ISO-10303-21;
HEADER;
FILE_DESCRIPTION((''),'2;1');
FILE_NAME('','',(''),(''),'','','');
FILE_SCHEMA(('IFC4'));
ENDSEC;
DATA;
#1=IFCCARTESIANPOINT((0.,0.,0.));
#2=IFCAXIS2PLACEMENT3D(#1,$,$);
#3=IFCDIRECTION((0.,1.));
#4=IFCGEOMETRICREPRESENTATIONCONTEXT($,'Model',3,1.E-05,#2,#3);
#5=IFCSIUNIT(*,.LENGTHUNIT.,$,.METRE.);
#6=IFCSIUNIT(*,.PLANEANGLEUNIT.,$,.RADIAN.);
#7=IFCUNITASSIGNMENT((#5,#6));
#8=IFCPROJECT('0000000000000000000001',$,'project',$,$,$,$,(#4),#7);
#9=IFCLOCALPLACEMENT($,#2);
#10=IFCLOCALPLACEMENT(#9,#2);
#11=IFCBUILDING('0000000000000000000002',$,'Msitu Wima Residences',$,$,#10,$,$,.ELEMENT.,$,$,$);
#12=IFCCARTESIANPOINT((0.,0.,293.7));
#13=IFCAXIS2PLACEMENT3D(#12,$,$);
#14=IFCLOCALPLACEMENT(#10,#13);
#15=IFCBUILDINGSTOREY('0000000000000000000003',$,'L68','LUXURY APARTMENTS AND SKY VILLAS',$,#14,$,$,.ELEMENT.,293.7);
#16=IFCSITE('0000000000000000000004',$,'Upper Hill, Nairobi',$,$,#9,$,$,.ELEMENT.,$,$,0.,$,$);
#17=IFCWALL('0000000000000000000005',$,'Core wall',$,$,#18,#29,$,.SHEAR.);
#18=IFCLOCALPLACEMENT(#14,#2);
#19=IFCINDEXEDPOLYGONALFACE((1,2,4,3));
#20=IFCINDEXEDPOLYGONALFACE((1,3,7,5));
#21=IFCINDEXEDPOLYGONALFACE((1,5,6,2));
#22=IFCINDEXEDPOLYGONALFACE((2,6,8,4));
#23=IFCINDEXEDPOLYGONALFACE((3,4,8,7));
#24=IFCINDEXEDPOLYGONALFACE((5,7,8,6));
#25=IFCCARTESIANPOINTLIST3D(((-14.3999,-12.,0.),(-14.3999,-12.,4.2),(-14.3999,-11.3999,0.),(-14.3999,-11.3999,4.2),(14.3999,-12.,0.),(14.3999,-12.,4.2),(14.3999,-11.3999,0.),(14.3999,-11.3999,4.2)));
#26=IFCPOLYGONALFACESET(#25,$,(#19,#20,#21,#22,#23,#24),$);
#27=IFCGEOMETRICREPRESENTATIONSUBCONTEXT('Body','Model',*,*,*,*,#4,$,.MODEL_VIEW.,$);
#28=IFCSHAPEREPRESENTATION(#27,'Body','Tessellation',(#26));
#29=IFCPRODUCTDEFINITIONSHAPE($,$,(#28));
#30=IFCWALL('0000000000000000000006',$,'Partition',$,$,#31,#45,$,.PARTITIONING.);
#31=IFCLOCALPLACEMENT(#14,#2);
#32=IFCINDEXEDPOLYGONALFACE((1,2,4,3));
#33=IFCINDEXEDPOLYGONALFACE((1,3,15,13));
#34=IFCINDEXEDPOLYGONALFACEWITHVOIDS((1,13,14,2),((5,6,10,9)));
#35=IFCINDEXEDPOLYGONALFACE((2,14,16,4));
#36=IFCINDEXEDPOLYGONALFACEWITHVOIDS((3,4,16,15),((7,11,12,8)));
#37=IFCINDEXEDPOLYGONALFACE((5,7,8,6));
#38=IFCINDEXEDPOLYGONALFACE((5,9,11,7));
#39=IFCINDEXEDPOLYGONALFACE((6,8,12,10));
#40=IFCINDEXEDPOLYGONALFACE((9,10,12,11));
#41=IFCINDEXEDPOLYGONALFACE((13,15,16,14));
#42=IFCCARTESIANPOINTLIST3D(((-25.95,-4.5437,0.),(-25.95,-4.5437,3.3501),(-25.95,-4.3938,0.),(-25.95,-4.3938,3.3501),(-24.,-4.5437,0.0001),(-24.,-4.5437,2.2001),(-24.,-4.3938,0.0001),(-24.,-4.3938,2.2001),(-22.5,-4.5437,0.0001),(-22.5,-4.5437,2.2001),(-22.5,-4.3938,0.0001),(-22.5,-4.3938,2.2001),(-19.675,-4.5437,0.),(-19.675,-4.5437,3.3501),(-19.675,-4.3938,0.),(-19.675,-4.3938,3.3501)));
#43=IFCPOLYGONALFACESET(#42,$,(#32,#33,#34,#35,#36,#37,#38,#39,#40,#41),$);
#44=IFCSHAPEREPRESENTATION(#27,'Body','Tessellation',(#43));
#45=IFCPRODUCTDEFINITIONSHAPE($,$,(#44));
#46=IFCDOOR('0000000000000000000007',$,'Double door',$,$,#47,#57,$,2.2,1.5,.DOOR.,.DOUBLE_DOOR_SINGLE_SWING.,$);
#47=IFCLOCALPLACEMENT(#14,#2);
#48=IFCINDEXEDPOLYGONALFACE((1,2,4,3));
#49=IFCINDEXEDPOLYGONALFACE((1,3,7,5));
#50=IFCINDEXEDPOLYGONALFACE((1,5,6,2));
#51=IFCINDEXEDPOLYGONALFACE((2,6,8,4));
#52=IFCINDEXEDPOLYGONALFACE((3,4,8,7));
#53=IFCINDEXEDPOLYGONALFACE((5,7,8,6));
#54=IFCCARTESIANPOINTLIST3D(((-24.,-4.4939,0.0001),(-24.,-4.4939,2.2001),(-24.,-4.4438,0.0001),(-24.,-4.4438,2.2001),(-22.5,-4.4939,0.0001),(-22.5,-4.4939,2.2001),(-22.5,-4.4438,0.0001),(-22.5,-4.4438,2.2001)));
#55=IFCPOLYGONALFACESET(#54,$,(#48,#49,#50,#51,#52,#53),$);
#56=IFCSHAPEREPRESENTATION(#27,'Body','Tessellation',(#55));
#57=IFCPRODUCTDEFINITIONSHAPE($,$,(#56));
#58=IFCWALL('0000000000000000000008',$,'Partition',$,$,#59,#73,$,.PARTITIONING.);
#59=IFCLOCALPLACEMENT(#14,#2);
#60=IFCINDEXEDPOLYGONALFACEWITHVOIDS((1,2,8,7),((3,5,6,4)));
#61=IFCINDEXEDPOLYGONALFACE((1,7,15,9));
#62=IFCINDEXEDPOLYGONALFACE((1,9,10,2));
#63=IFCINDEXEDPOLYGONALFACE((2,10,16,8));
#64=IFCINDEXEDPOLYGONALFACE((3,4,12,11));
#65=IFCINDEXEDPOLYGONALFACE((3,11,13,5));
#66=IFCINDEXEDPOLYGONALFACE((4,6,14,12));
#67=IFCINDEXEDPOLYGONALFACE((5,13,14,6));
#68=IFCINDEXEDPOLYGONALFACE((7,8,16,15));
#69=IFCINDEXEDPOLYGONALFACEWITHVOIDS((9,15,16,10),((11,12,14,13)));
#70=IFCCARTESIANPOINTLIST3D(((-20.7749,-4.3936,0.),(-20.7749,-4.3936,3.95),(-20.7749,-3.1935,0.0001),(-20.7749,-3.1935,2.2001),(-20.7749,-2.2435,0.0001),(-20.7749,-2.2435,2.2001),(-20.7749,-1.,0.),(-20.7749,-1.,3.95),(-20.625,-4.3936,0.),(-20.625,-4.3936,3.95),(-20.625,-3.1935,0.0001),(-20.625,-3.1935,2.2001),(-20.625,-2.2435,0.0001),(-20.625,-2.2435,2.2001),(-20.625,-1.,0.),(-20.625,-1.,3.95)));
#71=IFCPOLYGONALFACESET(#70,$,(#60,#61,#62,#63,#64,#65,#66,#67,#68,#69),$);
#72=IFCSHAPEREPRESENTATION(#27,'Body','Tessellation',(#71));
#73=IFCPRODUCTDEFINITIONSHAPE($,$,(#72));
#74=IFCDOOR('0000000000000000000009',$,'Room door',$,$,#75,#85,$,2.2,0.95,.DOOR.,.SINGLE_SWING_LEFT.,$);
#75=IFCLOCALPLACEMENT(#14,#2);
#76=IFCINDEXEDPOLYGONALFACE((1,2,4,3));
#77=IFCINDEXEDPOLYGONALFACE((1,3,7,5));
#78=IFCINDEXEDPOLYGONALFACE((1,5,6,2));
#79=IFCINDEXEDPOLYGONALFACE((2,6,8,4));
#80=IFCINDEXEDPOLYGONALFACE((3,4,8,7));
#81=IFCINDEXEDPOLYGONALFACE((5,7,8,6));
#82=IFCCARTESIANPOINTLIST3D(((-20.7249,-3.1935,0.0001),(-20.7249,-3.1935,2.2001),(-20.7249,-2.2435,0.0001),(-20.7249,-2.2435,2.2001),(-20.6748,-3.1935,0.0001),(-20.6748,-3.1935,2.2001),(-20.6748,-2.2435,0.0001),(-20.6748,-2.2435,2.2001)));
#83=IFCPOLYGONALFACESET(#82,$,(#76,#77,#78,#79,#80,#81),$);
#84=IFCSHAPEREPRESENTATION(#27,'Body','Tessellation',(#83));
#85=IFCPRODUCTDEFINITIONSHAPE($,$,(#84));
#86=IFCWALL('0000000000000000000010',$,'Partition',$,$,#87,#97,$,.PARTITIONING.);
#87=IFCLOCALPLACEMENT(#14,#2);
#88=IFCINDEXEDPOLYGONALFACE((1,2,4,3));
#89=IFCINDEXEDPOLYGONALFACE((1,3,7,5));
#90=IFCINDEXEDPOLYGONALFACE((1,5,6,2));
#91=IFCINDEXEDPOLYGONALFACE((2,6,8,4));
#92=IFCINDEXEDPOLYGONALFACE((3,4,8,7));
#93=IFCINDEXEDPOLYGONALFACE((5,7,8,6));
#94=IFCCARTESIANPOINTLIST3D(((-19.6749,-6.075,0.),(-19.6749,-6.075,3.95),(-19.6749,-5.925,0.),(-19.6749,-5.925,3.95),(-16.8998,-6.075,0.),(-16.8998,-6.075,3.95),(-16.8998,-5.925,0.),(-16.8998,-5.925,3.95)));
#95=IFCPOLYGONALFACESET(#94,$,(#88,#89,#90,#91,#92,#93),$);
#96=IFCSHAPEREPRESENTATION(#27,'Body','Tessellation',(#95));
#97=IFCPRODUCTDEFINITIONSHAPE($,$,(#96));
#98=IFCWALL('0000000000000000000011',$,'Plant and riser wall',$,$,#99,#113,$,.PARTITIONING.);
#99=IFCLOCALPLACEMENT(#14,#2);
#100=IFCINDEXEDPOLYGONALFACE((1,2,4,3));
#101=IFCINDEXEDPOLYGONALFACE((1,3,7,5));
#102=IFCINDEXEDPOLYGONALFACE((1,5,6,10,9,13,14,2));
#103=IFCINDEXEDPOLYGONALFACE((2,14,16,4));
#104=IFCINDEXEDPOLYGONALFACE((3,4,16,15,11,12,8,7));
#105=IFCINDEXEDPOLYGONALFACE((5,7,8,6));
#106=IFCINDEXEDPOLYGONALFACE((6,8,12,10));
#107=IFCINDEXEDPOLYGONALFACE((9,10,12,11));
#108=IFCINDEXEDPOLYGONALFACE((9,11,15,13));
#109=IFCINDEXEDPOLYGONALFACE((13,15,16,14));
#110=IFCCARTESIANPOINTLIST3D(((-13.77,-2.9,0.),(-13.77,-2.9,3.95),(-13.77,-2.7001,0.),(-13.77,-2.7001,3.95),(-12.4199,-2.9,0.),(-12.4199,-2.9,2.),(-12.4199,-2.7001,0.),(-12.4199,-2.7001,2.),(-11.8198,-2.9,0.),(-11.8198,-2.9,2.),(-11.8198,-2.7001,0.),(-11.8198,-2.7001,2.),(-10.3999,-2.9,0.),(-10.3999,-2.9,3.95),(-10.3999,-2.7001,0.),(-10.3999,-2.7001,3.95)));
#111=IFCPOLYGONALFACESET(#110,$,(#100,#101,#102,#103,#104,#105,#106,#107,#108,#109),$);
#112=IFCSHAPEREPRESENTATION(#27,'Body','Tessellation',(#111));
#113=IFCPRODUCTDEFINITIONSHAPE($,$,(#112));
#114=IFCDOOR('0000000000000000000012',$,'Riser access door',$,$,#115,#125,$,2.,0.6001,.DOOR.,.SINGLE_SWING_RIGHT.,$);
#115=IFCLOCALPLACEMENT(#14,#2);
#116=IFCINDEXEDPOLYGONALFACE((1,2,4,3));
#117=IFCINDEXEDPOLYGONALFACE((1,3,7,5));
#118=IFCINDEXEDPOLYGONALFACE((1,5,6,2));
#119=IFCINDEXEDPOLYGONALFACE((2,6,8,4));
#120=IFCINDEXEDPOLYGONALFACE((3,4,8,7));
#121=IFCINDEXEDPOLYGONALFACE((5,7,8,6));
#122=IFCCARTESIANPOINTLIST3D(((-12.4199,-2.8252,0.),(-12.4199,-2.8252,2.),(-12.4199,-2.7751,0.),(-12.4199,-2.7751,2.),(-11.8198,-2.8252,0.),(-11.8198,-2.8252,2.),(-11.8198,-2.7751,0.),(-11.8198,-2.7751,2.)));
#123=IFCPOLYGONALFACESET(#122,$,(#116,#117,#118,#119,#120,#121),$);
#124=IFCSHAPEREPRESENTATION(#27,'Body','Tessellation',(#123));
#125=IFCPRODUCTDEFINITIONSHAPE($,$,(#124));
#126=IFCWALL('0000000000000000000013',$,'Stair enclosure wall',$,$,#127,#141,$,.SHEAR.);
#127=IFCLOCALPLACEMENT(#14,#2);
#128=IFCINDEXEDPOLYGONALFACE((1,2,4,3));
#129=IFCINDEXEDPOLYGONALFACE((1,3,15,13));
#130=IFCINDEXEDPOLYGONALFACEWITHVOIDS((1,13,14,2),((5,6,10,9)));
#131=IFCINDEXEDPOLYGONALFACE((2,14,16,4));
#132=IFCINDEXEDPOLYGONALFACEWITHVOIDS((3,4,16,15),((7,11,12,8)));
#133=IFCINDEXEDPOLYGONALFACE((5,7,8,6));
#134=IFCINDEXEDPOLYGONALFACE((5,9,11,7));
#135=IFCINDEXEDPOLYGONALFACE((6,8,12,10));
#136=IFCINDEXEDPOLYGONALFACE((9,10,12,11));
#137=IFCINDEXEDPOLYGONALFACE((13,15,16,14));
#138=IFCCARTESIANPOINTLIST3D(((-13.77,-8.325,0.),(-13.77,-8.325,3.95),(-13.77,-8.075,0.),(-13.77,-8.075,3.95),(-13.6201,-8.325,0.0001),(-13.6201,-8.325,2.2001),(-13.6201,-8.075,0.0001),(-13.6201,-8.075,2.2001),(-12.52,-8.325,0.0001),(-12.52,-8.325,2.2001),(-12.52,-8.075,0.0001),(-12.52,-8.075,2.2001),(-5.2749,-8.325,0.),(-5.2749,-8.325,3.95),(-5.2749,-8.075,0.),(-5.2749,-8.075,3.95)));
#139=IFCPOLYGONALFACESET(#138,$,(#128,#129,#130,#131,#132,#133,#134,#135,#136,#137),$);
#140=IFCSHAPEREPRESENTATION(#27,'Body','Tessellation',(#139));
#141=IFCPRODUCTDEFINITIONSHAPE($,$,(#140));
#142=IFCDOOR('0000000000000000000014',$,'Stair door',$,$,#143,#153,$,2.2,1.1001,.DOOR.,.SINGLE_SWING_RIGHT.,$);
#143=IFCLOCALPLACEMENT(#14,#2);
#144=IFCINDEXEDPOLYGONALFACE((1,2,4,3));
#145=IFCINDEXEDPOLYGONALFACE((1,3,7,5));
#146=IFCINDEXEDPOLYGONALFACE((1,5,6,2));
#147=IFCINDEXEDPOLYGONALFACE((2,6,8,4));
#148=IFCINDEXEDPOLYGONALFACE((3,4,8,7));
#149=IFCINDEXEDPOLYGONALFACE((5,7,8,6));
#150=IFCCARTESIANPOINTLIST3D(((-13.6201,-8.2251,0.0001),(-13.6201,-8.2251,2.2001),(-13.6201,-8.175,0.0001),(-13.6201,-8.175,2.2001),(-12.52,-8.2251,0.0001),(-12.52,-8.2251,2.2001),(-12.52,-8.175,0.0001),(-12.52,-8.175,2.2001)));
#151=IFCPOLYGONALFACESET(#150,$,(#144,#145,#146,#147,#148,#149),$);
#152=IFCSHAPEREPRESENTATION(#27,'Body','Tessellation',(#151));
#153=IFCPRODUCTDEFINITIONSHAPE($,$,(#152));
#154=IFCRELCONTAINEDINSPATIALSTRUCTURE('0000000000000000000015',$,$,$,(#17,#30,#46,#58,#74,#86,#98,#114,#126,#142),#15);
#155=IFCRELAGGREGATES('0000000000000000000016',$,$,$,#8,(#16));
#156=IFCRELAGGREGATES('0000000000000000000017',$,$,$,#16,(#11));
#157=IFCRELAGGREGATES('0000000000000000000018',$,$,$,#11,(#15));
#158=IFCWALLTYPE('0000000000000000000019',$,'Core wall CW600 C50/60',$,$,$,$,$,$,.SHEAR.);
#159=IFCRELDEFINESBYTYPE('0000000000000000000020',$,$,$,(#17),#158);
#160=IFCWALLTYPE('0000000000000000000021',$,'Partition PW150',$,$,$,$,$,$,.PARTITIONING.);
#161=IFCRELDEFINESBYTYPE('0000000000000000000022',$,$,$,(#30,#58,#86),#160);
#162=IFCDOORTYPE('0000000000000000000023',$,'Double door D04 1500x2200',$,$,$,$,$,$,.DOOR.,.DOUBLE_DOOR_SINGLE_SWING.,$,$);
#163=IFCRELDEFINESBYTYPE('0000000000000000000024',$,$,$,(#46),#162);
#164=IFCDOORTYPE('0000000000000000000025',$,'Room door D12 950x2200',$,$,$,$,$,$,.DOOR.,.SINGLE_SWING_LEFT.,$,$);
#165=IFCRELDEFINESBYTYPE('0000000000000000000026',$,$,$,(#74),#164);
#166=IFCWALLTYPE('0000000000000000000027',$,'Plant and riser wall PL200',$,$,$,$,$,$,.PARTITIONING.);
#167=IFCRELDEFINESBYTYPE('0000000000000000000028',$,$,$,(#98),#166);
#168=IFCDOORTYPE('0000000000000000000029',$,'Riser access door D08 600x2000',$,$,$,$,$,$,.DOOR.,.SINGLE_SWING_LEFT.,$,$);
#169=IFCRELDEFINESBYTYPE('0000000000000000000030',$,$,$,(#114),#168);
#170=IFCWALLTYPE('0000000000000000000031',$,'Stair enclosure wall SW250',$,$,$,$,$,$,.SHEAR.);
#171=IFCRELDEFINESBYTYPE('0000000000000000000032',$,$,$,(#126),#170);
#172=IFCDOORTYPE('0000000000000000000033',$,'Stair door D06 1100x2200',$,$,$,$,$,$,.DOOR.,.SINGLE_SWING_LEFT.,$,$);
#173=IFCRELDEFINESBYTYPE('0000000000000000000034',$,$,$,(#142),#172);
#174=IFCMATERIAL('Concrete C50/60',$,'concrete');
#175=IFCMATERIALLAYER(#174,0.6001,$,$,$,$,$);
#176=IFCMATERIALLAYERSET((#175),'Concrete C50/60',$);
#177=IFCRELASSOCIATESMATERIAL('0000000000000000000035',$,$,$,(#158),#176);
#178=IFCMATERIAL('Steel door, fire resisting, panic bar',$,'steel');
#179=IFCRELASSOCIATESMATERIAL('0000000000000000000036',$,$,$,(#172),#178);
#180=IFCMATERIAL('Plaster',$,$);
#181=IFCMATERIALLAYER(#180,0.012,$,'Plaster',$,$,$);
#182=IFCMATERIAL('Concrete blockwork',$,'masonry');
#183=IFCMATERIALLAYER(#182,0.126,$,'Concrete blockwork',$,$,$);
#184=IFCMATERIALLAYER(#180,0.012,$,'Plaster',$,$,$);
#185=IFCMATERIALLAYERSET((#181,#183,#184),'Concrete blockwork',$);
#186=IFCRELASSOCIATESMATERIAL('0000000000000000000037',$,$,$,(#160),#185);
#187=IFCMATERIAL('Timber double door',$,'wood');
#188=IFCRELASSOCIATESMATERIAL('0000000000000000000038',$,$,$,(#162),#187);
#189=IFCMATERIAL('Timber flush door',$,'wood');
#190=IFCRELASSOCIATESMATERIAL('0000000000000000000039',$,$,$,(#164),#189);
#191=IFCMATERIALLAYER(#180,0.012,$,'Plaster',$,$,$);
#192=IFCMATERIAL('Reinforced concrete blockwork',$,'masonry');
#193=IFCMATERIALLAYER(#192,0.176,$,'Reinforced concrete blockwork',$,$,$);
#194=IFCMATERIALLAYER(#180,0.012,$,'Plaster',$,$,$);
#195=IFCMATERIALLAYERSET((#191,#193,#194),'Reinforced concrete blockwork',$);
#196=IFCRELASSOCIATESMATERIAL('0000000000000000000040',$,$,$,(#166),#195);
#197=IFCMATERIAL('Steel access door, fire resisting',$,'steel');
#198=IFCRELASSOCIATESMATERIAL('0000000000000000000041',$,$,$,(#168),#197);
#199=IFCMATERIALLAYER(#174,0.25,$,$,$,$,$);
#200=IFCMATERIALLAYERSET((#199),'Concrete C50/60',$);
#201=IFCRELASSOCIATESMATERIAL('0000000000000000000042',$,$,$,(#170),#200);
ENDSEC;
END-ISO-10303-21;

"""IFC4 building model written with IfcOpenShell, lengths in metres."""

from ifc_helpers import new_model, si_unit, direction, frame, frame_2d, origin, place, context, subcontext, project, spatial, rectangle, extrude, material, layer, layer_set, type_object, element, fill, save


model = new_model("IFC4")

# Units and contexts
model_context = context("Model", 3, precision=1e-05, world=origin(), true_north=direction((0.0, 1.0)))
body_context = subcontext(model_context, "Body", "Model", "MODEL_VIEW")
ifc_project = project(units=[si_unit("LENGTHUNIT", "METRE"), si_unit("PLANEANGLEUNIT", "RADIAN")], contexts=[model_context])

# Site, building, storey
site_placement = place(None, origin())
site = spatial("IfcSite", under=ifc_project, at=site_placement, Name="Upper Hill, Nairobi", CompositionType="ELEMENT", RefElevation=0.0)
building_placement = place(site_placement, origin())
building = spatial("IfcBuilding", under=site, at=building_placement, Name="Msitu Wima Residences", CompositionType="ELEMENT")
storey_placement = place(building_placement, frame((0.0, 0.0, 293.7)))
storey = spatial("IfcBuildingStorey", under=building, at=storey_placement, Name="L68", Description="LUXURY APARTMENTS AND SKY VILLAS", CompositionType="ELEMENT", Elevation=293.7)

# Shared definitions
ifc_material_1 = material(Name="Concrete C50/60", Category="concrete")

# Wall
ifc_layer_1 = layer(ifc_material_1, 0.6001)
ifc_layer_set_1 = layer_set([ifc_layer_1], Name="Concrete C50/60")
wall_type_1 = type_object("IfcWallType", Name="Core wall CW600 C50/60", PredefinedType="SHEAR", material=ifc_layer_set_1)
wall_1_placement = place(storey_placement, frame((-14.3999, -11.7, 0.0), z_axis=(0.0, 0.0, 1.0), x_axis=(1.0, 0.0, 0.0)))
element("IfcWall", 1, at=wall_1_placement, inside=storey, type_object=wall_type_1, Name="Core wall", PredefinedType="SHEAR", context=body_context, shape_type="SweptSolid", body=[
    extrude(rectangle(XDim=28.7998, YDim=0.6001, at=frame_2d((14.3999, 0.0))), origin(), (0.0, 0.0, 1.0), 4.2),
])

# Shared definitions
ifc_material_2 = material(Name="Steel door, fire resisting, panic bar", Category="steel")
door_type_1 = type_object("IfcDoorType", Name="Stair door D06 1100x2200", OperationType="SINGLE_SWING_LEFT", PredefinedType="DOOR", material=ifc_material_2)

# Walls, openings, doors
ifc_material_3 = material(Name="Plaster")
ifc_layer_2 = layer(ifc_material_3, 0.012, Name="Plaster")
ifc_material_4 = material(Name="Concrete blockwork", Category="masonry")
ifc_layer_3 = layer(ifc_material_4, 0.126, Name="Concrete blockwork")
ifc_layer_4 = layer(ifc_material_3, 0.012, Name="Plaster")
ifc_layer_set_2 = layer_set([ifc_layer_2, ifc_layer_3, ifc_layer_4], Name="Concrete blockwork")
wall_type_2 = type_object("IfcWallType", Name="Partition PW150", PredefinedType="PARTITIONING", material=ifc_layer_set_2)
wall_2_placement = place(storey_placement, frame((-25.95, -4.4688, 0.0), z_axis=(0.0, 0.0, 1.0), x_axis=(1.0, 0.0, 0.0)))
wall_2 = element("IfcWall", 2, at=wall_2_placement, inside=storey, type_object=wall_type_2, Name="Partition", PredefinedType="PARTITIONING", context=body_context, shape_type="SweptSolid", body=[
    extrude(rectangle(XDim=6.2749, YDim=0.1499, at=frame_2d((3.1375, 0.0))), origin(), (0.0, 0.0, 1.0), 3.3501),
])
opening_1_placement = place(wall_2_placement, frame((1.95, 0.0, 0.0)))
opening_1 = element("IfcOpeningElement", 3, at=opening_1_placement, cuts=wall_2, PredefinedType="OPENING", context=body_context, shape_type="SweptSolid", body=[
    extrude(rectangle(XDim=1.5, YDim=2.2, at=frame_2d((0.75, 1.1001))), frame((0.0, 0.085, 0.0), z_axis=(0.0, -1.0, 0.0), x_axis=(1.0, 0.0, 0.0)), (0.0, 0.0, 1.0), 0.1699),
])
ifc_material_5 = material(Name="Timber double door", Category="wood")
door_type_2 = type_object("IfcDoorType", Name="Double door D04 1500x2200", OperationType="DOUBLE_DOOR_SINGLE_SWING", PredefinedType="DOOR", material=ifc_material_5)
door_1_placement = place(opening_1_placement, origin())
door_1 = element("IfcDoor", 4, at=door_1_placement, inside=storey, type_object=door_type_2, Name="Double door", OperationType="DOUBLE_DOOR_SINGLE_SWING", OverallHeight=2.2, OverallWidth=1.5, PredefinedType="DOOR", context=body_context, shape_type="SweptSolid", body=[
    extrude(rectangle(XDim=1.5, YDim=2.2, at=frame_2d((0.75, 1.1001))), frame((0.0, 0.0249, 0.0), z_axis=(0.0, -1.0, 0.0), x_axis=(1.0, 0.0, 0.0)), (0.0, 0.0, 1.0), 0.05),
])
fill(opening_1, door_1)
wall_3_placement = place(storey_placement, frame((-20.7, -4.3936, 0.0), z_axis=(0.0, 0.0, 1.0), x_axis=(0.0, 1.0, 0.0)))
wall_3 = element("IfcWall", 5, at=wall_3_placement, inside=storey, type_object=wall_type_2, Name="Partition", PredefinedType="PARTITIONING", context=body_context, shape_type="SweptSolid", body=[
    extrude(rectangle(XDim=3.3936, YDim=0.1499, at=frame_2d((1.6968, 0.0))), origin(), (0.0, 0.0, 1.0), 3.95),
])
opening_2_placement = place(wall_3_placement, frame((1.2, 0.0, 0.0)))
opening_2 = element("IfcOpeningElement", 6, at=opening_2_placement, cuts=wall_3, PredefinedType="OPENING", context=body_context, shape_type="SweptSolid", body=[
    extrude(rectangle(XDim=0.95, YDim=2.2, at=frame_2d((0.4751, 1.1001))), frame((0.0, 0.085, 0.0), z_axis=(0.0, -1.0, 0.0), x_axis=(1.0, 0.0, 0.0)), (0.0, 0.0, 1.0), 0.1699),
])
ifc_material_6 = material(Name="Timber flush door", Category="wood")
door_type_3 = type_object("IfcDoorType", Name="Room door D12 950x2200", OperationType="SINGLE_SWING_LEFT", PredefinedType="DOOR", material=ifc_material_6)
door_2_placement = place(opening_2_placement, origin())
door_2 = element("IfcDoor", 7, at=door_2_placement, inside=storey, type_object=door_type_3, Name="Room door", OperationType="SINGLE_SWING_LEFT", OverallHeight=2.2, OverallWidth=0.95, PredefinedType="DOOR", context=body_context, shape_type="SweptSolid", body=[
    extrude(rectangle(XDim=0.95, YDim=2.2, at=frame_2d((0.4751, 1.1001))), frame((0.0, 0.0249, 0.0), z_axis=(0.0, -1.0, 0.0), x_axis=(1.0, 0.0, 0.0)), (0.0, 0.0, 1.0), 0.05),
])
fill(opening_2, door_2)

# Wall
wall_4_placement = place(storey_placement, frame((-19.675, -6.0, 0.0), z_axis=(0.0, 0.0, 1.0), x_axis=(1.0, 0.0, 0.0)))
element("IfcWall", 8, at=wall_4_placement, inside=storey, type_object=wall_type_2, Name="Partition", PredefinedType="PARTITIONING", context=body_context, shape_type="SweptSolid", body=[
    extrude(rectangle(XDim=2.7751, YDim=0.1499, at=frame_2d((1.3877, 0.0))), origin(), (0.0, 0.0, 1.0), 3.95),
])

# Walls, openings, doors
ifc_layer_5 = layer(ifc_material_3, 0.012, Name="Plaster")
ifc_material_7 = material(Name="Reinforced concrete blockwork", Category="masonry")
ifc_layer_6 = layer(ifc_material_7, 0.176, Name="Reinforced concrete blockwork")
ifc_layer_7 = layer(ifc_material_3, 0.012, Name="Plaster")
ifc_layer_set_3 = layer_set([ifc_layer_5, ifc_layer_6, ifc_layer_7], Name="Reinforced concrete blockwork")
wall_type_3 = type_object("IfcWallType", Name="Plant and riser wall PL200", PredefinedType="PARTITIONING", material=ifc_layer_set_3)
wall_5_placement = place(storey_placement, frame((-13.77, -2.8, 0.0), z_axis=(0.0, 0.0, 1.0), x_axis=(1.0, 0.0, 0.0)))
wall_5 = element("IfcWall", 9, at=wall_5_placement, inside=storey, type_object=wall_type_3, Name="Plant and riser wall", PredefinedType="PARTITIONING", context=body_context, shape_type="SweptSolid", body=[
    extrude(rectangle(XDim=3.3701, YDim=0.2, at=frame_2d((1.6851, 0.0))), origin(), (0.0, 0.0, 1.0), 3.95),
])
opening_3_placement = place(wall_5_placement, frame((1.3501, 0.0, 0.0)))
opening_3 = element("IfcOpeningElement", 10, at=opening_3_placement, cuts=wall_5, PredefinedType="OPENING", context=body_context, shape_type="SweptSolid", body=[
    extrude(rectangle(XDim=0.6001, YDim=2.0, at=frame_2d((0.3, 1.0))), frame((0.0, 0.1099, 0.0), z_axis=(0.0, -1.0, 0.0), x_axis=(1.0, 0.0, 0.0)), (0.0, 0.0, 1.0), 0.22),
])
ifc_material_8 = material(Name="Steel access door, fire resisting", Category="steel")
door_type_4 = type_object("IfcDoorType", Name="Riser access door D08 600x2000", OperationType="SINGLE_SWING_LEFT", PredefinedType="DOOR", material=ifc_material_8)
door_3_placement = place(opening_3_placement, origin())
door_3 = element("IfcDoor", 11, at=door_3_placement, inside=storey, type_object=door_type_4, Name="Riser access door", OperationType="SINGLE_SWING_RIGHT", OverallHeight=2.0, OverallWidth=0.6001, PredefinedType="DOOR", context=body_context, shape_type="SweptSolid", body=[
    extrude(rectangle(XDim=0.6001, YDim=2.0, at=frame_2d((0.3, 1.0))), frame((0.0, 0.0249, 0.0), z_axis=(0.0, -1.0, 0.0), x_axis=(1.0, 0.0, 0.0)), (0.0, 0.0, 1.0), 0.05),
])
fill(opening_3, door_3)
ifc_layer_8 = layer(ifc_material_1, 0.25)
ifc_layer_set_4 = layer_set([ifc_layer_8], Name="Concrete C50/60")
wall_type_4 = type_object("IfcWallType", Name="Stair enclosure wall SW250", PredefinedType="SHEAR", material=ifc_layer_set_4)
wall_6_placement = place(storey_placement, frame((-13.77, -8.2, 0.0), z_axis=(0.0, 0.0, 1.0), x_axis=(1.0, 0.0, 0.0)))
wall_6 = element("IfcWall", 12, at=wall_6_placement, inside=storey, type_object=wall_type_4, Name="Stair enclosure wall", PredefinedType="SHEAR", context=body_context, shape_type="SweptSolid", body=[
    extrude(rectangle(XDim=8.4951, YDim=0.25, at=frame_2d((4.2476, 0.0))), origin(), (0.0, 0.0, 1.0), 3.95),
])
opening_4_placement = place(wall_6_placement, frame((0.1499, 0.0, 0.0)))
opening_4 = element("IfcOpeningElement", 13, at=opening_4_placement, cuts=wall_6, PredefinedType="OPENING", context=body_context, shape_type="SweptSolid", body=[
    extrude(rectangle(XDim=1.1001, YDim=2.2, at=frame_2d((0.55, 1.1001))), frame((0.0, 0.135, 0.0), z_axis=(0.0, -1.0, 0.0), x_axis=(1.0, 0.0, 0.0)), (0.0, 0.0, 1.0), 0.27),
])
door_4_placement = place(opening_4_placement, origin())
door_4 = element("IfcDoor", 14, at=door_4_placement, inside=storey, type_object=door_type_1, Name="Stair door", OperationType="SINGLE_SWING_RIGHT", OverallHeight=2.2, OverallWidth=1.1001, PredefinedType="DOOR", context=body_context, shape_type="SweptSolid", body=[
    extrude(rectangle(XDim=1.1001, YDim=2.2, at=frame_2d((0.55, 1.1001))), frame((0.0, 0.0249, 0.0), z_axis=(0.0, -1.0, 0.0), x_axis=(1.0, 0.0, 0.0)), (0.0, 0.0, 1.0), 0.05),
])
fill(opening_4, door_4)

save(model, "model.ifc")
